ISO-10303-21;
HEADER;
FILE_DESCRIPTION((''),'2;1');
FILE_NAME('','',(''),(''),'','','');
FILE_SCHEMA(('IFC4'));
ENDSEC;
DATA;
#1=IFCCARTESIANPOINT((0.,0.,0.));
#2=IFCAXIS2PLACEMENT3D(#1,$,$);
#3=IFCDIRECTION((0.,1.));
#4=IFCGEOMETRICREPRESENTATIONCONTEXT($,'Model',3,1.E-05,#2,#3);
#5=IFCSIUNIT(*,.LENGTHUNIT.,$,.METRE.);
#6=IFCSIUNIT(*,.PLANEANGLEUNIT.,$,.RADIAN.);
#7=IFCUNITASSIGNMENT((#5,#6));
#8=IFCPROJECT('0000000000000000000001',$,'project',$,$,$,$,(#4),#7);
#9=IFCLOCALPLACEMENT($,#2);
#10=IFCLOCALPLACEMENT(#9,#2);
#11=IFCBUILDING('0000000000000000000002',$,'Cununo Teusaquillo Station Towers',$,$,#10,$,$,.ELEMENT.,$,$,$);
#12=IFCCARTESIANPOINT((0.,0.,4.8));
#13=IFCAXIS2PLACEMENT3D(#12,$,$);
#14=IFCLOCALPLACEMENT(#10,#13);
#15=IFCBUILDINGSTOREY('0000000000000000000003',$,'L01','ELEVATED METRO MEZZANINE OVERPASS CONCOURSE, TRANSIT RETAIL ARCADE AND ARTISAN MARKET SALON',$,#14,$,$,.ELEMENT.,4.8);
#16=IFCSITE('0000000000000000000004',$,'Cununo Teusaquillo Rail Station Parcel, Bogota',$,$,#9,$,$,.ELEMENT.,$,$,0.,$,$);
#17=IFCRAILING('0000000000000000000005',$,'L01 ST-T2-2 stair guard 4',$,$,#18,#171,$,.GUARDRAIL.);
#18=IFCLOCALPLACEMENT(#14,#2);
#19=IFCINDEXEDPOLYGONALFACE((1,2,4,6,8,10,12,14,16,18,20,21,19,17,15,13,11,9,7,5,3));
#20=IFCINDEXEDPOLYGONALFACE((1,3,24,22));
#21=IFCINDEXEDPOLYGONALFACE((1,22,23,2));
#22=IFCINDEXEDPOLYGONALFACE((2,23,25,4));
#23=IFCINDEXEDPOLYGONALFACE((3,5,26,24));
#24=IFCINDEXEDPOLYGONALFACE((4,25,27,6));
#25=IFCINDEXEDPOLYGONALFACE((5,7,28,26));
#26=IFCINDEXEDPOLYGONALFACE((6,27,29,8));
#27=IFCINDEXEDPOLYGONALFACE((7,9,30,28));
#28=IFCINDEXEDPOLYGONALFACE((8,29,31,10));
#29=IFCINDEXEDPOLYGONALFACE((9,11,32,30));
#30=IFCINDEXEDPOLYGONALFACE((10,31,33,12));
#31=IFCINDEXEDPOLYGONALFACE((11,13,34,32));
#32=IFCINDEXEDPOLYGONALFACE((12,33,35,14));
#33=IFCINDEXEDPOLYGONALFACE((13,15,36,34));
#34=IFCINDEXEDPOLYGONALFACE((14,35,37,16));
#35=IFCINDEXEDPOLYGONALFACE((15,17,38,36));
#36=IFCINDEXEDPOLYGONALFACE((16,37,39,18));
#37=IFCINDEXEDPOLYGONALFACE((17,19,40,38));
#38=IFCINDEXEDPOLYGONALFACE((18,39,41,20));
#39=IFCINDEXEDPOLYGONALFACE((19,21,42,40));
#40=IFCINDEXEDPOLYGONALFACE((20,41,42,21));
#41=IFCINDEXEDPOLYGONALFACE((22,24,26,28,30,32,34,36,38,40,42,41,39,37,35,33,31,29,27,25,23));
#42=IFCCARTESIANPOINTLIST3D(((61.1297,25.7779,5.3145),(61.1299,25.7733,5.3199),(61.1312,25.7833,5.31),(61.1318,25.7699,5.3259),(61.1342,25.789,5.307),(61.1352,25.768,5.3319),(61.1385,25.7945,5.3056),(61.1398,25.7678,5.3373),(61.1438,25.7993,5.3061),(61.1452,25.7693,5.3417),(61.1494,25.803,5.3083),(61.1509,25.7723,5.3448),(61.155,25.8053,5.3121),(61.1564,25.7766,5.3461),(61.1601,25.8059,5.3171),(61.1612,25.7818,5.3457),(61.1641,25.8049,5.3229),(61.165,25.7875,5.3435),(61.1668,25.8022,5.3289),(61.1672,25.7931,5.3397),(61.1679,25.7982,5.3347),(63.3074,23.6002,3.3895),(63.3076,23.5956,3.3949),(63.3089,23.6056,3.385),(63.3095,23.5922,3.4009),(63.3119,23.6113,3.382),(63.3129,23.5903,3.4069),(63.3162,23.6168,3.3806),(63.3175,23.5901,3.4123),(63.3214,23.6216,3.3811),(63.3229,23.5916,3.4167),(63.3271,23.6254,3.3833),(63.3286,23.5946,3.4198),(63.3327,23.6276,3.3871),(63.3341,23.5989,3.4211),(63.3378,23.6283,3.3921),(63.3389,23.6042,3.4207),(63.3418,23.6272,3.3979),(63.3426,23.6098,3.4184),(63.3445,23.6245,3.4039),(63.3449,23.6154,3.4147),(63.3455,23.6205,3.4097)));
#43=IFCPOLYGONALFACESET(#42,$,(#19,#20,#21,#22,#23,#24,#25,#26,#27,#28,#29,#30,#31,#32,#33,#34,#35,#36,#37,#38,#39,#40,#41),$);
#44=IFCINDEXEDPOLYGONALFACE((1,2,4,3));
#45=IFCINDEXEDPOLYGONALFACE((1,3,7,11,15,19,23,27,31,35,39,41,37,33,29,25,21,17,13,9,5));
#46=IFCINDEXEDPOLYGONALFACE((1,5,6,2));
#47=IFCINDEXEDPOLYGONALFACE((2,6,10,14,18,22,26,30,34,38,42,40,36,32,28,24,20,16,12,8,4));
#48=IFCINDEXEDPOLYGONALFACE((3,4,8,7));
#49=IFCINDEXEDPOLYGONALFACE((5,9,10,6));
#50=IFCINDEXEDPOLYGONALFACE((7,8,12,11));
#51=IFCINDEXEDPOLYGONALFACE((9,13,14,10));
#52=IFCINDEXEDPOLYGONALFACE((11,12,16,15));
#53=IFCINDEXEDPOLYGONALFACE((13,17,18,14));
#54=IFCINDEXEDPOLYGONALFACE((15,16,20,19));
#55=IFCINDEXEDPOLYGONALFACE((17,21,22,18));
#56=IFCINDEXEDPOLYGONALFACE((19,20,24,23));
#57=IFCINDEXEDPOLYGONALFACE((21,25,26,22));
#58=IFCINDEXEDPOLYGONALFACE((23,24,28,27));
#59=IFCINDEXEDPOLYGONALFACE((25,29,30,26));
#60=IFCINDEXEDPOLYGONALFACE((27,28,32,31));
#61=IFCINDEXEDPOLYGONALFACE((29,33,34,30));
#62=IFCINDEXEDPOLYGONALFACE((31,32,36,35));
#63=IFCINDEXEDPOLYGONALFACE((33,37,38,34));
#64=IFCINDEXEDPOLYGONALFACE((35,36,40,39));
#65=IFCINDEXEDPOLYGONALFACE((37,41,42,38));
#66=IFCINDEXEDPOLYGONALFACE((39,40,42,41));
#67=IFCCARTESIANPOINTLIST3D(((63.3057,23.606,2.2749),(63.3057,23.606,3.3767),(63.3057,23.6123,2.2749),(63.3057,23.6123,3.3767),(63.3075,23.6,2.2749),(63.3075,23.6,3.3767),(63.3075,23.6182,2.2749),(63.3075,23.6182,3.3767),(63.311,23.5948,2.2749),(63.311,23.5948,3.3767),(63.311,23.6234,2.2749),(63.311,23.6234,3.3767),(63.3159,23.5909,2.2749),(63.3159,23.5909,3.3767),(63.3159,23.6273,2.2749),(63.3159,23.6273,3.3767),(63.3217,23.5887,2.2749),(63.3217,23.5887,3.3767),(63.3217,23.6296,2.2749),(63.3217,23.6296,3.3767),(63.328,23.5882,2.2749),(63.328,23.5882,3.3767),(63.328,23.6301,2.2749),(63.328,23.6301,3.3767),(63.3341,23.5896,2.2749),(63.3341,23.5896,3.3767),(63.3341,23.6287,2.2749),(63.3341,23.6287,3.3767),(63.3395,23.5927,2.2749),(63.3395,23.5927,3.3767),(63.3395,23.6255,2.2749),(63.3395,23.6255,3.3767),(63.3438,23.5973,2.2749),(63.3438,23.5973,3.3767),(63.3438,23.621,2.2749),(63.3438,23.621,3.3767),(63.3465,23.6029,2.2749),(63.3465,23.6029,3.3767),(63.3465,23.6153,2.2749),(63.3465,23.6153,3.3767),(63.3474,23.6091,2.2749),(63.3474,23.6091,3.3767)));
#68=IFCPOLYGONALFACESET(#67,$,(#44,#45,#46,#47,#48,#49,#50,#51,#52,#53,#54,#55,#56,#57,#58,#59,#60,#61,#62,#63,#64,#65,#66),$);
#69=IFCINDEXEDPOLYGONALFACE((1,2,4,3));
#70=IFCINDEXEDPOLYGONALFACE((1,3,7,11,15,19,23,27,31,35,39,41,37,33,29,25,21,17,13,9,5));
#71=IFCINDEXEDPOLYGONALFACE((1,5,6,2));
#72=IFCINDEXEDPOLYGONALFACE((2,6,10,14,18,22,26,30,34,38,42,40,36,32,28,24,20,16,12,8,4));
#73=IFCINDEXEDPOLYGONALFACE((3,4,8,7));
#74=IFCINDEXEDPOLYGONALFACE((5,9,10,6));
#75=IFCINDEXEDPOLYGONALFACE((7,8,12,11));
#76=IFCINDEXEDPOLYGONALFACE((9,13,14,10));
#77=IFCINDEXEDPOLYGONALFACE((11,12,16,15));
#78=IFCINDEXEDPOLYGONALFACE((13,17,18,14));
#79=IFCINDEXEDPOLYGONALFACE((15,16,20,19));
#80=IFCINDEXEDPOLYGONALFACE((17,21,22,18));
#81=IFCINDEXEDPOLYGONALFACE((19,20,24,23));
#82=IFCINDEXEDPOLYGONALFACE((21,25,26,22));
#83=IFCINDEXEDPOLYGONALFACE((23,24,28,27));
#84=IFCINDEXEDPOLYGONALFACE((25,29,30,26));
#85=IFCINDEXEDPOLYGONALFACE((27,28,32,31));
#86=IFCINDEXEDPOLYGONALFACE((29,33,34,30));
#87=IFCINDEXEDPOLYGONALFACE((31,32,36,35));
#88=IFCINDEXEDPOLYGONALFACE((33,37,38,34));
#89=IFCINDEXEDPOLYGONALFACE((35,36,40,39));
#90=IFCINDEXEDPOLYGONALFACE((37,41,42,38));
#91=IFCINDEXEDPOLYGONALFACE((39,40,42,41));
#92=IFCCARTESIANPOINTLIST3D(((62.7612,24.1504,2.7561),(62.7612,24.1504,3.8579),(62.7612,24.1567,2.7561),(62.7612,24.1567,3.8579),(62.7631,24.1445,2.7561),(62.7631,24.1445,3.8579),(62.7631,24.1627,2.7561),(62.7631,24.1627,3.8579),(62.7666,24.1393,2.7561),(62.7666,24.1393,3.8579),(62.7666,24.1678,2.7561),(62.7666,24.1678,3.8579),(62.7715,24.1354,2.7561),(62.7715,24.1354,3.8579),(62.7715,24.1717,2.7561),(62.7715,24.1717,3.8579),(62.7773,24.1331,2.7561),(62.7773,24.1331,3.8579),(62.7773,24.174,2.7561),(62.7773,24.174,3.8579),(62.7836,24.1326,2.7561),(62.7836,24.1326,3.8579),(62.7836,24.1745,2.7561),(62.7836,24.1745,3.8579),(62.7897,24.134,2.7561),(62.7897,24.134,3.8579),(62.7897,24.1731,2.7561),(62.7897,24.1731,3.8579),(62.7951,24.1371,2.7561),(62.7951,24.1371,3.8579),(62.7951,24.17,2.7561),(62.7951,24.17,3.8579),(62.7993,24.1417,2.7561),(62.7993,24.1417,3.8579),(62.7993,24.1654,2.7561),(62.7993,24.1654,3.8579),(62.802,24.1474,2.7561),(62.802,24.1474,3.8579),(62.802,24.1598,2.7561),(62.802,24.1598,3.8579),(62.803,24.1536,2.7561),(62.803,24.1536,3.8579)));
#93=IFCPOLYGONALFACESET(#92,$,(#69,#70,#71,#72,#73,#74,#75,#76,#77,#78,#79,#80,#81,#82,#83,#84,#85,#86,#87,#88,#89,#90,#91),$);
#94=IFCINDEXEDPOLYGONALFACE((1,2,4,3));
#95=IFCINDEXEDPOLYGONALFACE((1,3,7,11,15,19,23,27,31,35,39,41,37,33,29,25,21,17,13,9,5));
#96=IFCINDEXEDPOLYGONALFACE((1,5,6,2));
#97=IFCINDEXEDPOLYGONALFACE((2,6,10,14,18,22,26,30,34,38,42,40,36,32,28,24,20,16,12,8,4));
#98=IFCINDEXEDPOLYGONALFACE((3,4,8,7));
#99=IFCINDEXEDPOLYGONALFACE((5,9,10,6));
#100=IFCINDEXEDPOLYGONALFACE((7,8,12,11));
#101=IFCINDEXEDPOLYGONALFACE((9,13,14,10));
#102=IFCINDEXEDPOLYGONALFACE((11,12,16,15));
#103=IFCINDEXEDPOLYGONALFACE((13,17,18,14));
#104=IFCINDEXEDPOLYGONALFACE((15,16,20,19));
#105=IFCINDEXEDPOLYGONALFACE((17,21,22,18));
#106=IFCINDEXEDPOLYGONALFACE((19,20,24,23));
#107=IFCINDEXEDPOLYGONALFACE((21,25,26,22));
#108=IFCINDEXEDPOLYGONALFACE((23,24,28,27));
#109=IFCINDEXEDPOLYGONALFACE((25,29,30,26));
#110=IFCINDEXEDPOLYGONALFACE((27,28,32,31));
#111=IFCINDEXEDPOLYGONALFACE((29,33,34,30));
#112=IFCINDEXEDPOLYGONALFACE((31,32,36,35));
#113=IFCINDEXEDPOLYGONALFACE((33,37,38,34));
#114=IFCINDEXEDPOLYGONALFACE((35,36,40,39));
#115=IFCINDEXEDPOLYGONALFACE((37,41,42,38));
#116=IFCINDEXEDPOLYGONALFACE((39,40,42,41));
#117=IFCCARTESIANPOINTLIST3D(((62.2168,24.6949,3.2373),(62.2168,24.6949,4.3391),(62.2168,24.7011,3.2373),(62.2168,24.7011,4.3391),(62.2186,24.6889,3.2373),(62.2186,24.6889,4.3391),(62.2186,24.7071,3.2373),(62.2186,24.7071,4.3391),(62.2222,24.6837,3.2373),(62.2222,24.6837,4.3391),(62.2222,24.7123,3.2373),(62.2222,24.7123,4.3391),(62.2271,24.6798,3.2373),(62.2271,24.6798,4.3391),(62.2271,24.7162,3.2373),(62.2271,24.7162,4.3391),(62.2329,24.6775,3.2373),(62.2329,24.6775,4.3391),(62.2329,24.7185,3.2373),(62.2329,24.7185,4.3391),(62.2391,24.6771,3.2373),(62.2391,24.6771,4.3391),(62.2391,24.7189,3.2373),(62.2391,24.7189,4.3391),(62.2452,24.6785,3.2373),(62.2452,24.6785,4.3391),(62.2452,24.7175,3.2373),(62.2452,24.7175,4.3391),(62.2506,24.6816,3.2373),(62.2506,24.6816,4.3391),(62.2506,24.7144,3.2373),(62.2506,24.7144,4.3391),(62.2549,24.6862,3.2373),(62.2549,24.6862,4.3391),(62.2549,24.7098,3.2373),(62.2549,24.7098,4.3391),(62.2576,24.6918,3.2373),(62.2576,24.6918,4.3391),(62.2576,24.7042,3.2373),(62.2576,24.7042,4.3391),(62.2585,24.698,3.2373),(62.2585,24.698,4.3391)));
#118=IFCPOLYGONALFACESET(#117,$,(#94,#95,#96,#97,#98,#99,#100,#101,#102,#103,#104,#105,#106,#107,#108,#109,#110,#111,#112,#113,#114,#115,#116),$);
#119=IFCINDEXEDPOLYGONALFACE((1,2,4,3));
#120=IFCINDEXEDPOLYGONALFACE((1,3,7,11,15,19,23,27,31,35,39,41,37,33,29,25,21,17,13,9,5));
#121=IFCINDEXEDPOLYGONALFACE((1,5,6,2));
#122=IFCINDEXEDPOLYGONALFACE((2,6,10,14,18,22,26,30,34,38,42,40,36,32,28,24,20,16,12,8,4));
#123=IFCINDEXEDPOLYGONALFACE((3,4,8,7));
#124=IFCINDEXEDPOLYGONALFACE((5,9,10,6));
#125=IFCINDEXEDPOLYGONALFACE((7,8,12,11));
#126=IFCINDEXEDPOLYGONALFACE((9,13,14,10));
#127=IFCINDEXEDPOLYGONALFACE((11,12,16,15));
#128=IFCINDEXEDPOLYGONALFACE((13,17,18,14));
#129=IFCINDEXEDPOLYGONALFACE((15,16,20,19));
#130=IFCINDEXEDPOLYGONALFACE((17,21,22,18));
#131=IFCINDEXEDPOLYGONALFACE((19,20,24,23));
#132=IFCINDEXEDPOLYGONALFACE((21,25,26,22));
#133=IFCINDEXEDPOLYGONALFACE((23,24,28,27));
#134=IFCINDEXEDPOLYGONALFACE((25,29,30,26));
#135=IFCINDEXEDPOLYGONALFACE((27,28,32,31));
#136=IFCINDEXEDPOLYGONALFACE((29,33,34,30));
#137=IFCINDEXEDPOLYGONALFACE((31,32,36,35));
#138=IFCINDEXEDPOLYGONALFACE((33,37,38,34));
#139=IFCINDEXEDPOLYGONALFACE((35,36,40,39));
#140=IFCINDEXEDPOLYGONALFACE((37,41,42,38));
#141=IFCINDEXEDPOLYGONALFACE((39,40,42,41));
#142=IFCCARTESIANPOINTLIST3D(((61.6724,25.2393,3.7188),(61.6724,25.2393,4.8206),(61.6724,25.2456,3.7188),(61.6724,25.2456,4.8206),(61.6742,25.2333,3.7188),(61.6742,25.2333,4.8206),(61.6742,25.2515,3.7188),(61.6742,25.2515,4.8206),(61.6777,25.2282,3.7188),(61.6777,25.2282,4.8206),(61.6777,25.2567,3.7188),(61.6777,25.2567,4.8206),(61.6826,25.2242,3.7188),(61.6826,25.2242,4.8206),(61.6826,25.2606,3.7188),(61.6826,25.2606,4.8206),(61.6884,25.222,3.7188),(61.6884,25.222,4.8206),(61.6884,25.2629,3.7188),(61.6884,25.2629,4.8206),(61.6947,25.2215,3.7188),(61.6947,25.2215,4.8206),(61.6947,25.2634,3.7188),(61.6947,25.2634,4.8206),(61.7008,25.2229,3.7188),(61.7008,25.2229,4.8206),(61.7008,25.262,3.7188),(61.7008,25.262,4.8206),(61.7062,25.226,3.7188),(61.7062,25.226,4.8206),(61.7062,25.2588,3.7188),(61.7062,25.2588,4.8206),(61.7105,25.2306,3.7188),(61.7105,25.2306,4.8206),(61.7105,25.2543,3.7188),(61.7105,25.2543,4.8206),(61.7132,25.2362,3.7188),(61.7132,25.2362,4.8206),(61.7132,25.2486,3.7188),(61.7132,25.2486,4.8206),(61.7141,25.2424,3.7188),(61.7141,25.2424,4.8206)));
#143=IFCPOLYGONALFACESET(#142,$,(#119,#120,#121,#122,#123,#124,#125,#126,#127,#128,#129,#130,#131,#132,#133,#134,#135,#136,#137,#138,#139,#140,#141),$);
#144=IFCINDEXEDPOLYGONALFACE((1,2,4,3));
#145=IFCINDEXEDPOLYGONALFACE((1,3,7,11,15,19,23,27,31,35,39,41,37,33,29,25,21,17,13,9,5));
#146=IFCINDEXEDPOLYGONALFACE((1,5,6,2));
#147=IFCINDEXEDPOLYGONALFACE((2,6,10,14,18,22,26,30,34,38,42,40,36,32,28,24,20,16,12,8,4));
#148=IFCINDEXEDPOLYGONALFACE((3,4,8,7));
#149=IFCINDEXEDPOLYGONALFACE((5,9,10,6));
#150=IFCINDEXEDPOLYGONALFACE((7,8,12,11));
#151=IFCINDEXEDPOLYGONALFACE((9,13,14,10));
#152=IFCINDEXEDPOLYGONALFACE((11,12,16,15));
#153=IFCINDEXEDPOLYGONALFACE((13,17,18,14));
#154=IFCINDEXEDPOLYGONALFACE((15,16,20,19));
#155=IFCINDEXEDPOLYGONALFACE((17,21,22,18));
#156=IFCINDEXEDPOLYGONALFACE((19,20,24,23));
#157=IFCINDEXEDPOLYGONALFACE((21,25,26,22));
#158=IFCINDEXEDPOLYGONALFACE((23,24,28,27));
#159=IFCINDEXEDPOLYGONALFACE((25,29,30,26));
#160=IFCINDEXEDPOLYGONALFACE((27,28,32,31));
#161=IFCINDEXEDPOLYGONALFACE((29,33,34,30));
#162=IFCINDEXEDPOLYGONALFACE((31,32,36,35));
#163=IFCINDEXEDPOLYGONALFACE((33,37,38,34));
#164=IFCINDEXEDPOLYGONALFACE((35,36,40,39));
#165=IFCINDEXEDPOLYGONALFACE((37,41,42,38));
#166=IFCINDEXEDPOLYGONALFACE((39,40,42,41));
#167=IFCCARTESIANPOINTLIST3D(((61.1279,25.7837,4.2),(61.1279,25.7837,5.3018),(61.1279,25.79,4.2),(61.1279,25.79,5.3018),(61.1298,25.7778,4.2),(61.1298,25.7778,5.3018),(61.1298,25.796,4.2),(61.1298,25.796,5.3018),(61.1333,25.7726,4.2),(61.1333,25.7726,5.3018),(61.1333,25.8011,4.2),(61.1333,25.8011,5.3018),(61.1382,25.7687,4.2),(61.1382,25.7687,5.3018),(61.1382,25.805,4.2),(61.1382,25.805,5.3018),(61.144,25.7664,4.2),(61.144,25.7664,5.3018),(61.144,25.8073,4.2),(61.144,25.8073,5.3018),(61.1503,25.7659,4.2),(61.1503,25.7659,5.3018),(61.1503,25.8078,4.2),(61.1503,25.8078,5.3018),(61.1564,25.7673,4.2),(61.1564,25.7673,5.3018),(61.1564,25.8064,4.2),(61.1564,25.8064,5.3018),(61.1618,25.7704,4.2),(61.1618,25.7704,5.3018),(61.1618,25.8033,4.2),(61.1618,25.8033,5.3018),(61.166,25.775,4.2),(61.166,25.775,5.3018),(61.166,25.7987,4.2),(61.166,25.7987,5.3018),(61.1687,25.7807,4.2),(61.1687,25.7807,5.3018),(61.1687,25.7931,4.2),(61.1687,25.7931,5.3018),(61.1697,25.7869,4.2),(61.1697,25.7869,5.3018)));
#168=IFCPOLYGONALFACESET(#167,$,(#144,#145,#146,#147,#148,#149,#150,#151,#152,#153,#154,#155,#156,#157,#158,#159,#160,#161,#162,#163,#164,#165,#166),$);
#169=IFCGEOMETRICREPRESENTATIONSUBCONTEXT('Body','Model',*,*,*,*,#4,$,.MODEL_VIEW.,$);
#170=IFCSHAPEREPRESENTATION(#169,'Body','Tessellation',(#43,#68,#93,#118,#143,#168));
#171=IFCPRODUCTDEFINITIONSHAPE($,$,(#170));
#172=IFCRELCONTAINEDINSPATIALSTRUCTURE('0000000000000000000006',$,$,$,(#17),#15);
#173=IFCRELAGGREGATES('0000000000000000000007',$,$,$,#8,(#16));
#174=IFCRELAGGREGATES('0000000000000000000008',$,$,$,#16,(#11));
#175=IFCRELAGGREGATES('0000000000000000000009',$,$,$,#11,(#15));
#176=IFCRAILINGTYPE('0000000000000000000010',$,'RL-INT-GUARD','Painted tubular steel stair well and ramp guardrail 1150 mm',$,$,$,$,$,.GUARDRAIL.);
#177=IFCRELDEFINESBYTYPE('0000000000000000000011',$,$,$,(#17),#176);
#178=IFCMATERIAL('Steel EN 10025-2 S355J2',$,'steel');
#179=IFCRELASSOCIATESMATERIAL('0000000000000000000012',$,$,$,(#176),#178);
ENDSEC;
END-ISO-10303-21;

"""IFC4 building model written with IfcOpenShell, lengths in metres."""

from ifc_helpers import new_model, si_unit, direction, frame, origin, origin_2d, place, context, subcontext, project, spatial, circle, extrude, material, type_object, element, save


model = new_model("IFC4")

# Units and contexts
model_context = context("Model", 3, precision=1e-05, world=origin(), true_north=direction((0.0, 1.0)))
body_context = subcontext(model_context, "Body", "Model", "MODEL_VIEW")
ifc_project = project(units=[si_unit("LENGTHUNIT", "METRE"), si_unit("PLANEANGLEUNIT", "RADIAN")], contexts=[model_context])

# Site, building, storey
site_placement = place(None, origin())
site = spatial("IfcSite", under=ifc_project, at=site_placement, Name="Cununo Teusaquillo Rail Station Parcel, Bogota", CompositionType="ELEMENT", RefElevation=0.0)
building_placement = place(site_placement, origin())
building = spatial("IfcBuilding", under=site, at=building_placement, Name="Cununo Teusaquillo Station Towers", CompositionType="ELEMENT")
storey_placement = place(building_placement, frame((0.0, 0.0, 4.8)))
storey = spatial("IfcBuildingStorey", under=building, at=storey_placement, Name="L01", Description="ELEVATED METRO MEZZANINE OVERPASS CONCOURSE, TRANSIT RETAIL ARCADE AND ARTISAN MARKET SALON", CompositionType="ELEMENT", Elevation=4.8)

# Railing
ifc_material_1 = material(Name="Steel EN 10025-2 S355J2", Category="steel")
railing_type_1 = type_object("IfcRailingType", Name="RL-INT-GUARD", Description="Painted tubular steel stair well and ramp guardrail 1150 mm", PredefinedType="GUARDRAIL", material=ifc_material_1)
railing_1_placement = place(storey_placement, frame((63.3264, 23.6091, 2.2749)))
element("IfcRailing", 1, at=railing_1_placement, inside=storey, type_object=railing_type_1, Name="L01 ST-T2-2 stair guard 4", PredefinedType="GUARDRAIL", context=body_context, shape_type="SweptSolid", body=[
    extrude(circle(Radius=0.0239, at=origin_2d()), frame((0.0, 0.0, 1.126), z_axis=(-0.599609, 0.599609, 0.530036), x_axis=(-0.707107, -0.707107, 0.0)), (0.0, 0.0, 1.0), 3.6318),
    extrude(circle(Radius=0.021, at=origin_2d()), origin(), (0.0, 0.0, 1.0), 1.1018),
    extrude(circle(Radius=0.021, at=origin_2d()), frame((-0.5444, 0.5444, 0.4812)), (0.0, 0.0, 1.0), 1.1018),
    extrude(circle(Radius=0.021, at=origin_2d()), frame((-1.0889, 1.0889, 0.9624)), (0.0, 0.0, 1.0), 1.1018),
    extrude(circle(Radius=0.021, at=origin_2d()), frame((-1.6333, 1.6333, 1.4438)), (0.0, 0.0, 1.0), 1.1018),
    extrude(circle(Radius=0.021, at=origin_2d()), frame((-2.1777, 2.1777, 1.925)), (0.0, 0.0, 1.0), 1.1018),
])

save(model, "model.ifc")
